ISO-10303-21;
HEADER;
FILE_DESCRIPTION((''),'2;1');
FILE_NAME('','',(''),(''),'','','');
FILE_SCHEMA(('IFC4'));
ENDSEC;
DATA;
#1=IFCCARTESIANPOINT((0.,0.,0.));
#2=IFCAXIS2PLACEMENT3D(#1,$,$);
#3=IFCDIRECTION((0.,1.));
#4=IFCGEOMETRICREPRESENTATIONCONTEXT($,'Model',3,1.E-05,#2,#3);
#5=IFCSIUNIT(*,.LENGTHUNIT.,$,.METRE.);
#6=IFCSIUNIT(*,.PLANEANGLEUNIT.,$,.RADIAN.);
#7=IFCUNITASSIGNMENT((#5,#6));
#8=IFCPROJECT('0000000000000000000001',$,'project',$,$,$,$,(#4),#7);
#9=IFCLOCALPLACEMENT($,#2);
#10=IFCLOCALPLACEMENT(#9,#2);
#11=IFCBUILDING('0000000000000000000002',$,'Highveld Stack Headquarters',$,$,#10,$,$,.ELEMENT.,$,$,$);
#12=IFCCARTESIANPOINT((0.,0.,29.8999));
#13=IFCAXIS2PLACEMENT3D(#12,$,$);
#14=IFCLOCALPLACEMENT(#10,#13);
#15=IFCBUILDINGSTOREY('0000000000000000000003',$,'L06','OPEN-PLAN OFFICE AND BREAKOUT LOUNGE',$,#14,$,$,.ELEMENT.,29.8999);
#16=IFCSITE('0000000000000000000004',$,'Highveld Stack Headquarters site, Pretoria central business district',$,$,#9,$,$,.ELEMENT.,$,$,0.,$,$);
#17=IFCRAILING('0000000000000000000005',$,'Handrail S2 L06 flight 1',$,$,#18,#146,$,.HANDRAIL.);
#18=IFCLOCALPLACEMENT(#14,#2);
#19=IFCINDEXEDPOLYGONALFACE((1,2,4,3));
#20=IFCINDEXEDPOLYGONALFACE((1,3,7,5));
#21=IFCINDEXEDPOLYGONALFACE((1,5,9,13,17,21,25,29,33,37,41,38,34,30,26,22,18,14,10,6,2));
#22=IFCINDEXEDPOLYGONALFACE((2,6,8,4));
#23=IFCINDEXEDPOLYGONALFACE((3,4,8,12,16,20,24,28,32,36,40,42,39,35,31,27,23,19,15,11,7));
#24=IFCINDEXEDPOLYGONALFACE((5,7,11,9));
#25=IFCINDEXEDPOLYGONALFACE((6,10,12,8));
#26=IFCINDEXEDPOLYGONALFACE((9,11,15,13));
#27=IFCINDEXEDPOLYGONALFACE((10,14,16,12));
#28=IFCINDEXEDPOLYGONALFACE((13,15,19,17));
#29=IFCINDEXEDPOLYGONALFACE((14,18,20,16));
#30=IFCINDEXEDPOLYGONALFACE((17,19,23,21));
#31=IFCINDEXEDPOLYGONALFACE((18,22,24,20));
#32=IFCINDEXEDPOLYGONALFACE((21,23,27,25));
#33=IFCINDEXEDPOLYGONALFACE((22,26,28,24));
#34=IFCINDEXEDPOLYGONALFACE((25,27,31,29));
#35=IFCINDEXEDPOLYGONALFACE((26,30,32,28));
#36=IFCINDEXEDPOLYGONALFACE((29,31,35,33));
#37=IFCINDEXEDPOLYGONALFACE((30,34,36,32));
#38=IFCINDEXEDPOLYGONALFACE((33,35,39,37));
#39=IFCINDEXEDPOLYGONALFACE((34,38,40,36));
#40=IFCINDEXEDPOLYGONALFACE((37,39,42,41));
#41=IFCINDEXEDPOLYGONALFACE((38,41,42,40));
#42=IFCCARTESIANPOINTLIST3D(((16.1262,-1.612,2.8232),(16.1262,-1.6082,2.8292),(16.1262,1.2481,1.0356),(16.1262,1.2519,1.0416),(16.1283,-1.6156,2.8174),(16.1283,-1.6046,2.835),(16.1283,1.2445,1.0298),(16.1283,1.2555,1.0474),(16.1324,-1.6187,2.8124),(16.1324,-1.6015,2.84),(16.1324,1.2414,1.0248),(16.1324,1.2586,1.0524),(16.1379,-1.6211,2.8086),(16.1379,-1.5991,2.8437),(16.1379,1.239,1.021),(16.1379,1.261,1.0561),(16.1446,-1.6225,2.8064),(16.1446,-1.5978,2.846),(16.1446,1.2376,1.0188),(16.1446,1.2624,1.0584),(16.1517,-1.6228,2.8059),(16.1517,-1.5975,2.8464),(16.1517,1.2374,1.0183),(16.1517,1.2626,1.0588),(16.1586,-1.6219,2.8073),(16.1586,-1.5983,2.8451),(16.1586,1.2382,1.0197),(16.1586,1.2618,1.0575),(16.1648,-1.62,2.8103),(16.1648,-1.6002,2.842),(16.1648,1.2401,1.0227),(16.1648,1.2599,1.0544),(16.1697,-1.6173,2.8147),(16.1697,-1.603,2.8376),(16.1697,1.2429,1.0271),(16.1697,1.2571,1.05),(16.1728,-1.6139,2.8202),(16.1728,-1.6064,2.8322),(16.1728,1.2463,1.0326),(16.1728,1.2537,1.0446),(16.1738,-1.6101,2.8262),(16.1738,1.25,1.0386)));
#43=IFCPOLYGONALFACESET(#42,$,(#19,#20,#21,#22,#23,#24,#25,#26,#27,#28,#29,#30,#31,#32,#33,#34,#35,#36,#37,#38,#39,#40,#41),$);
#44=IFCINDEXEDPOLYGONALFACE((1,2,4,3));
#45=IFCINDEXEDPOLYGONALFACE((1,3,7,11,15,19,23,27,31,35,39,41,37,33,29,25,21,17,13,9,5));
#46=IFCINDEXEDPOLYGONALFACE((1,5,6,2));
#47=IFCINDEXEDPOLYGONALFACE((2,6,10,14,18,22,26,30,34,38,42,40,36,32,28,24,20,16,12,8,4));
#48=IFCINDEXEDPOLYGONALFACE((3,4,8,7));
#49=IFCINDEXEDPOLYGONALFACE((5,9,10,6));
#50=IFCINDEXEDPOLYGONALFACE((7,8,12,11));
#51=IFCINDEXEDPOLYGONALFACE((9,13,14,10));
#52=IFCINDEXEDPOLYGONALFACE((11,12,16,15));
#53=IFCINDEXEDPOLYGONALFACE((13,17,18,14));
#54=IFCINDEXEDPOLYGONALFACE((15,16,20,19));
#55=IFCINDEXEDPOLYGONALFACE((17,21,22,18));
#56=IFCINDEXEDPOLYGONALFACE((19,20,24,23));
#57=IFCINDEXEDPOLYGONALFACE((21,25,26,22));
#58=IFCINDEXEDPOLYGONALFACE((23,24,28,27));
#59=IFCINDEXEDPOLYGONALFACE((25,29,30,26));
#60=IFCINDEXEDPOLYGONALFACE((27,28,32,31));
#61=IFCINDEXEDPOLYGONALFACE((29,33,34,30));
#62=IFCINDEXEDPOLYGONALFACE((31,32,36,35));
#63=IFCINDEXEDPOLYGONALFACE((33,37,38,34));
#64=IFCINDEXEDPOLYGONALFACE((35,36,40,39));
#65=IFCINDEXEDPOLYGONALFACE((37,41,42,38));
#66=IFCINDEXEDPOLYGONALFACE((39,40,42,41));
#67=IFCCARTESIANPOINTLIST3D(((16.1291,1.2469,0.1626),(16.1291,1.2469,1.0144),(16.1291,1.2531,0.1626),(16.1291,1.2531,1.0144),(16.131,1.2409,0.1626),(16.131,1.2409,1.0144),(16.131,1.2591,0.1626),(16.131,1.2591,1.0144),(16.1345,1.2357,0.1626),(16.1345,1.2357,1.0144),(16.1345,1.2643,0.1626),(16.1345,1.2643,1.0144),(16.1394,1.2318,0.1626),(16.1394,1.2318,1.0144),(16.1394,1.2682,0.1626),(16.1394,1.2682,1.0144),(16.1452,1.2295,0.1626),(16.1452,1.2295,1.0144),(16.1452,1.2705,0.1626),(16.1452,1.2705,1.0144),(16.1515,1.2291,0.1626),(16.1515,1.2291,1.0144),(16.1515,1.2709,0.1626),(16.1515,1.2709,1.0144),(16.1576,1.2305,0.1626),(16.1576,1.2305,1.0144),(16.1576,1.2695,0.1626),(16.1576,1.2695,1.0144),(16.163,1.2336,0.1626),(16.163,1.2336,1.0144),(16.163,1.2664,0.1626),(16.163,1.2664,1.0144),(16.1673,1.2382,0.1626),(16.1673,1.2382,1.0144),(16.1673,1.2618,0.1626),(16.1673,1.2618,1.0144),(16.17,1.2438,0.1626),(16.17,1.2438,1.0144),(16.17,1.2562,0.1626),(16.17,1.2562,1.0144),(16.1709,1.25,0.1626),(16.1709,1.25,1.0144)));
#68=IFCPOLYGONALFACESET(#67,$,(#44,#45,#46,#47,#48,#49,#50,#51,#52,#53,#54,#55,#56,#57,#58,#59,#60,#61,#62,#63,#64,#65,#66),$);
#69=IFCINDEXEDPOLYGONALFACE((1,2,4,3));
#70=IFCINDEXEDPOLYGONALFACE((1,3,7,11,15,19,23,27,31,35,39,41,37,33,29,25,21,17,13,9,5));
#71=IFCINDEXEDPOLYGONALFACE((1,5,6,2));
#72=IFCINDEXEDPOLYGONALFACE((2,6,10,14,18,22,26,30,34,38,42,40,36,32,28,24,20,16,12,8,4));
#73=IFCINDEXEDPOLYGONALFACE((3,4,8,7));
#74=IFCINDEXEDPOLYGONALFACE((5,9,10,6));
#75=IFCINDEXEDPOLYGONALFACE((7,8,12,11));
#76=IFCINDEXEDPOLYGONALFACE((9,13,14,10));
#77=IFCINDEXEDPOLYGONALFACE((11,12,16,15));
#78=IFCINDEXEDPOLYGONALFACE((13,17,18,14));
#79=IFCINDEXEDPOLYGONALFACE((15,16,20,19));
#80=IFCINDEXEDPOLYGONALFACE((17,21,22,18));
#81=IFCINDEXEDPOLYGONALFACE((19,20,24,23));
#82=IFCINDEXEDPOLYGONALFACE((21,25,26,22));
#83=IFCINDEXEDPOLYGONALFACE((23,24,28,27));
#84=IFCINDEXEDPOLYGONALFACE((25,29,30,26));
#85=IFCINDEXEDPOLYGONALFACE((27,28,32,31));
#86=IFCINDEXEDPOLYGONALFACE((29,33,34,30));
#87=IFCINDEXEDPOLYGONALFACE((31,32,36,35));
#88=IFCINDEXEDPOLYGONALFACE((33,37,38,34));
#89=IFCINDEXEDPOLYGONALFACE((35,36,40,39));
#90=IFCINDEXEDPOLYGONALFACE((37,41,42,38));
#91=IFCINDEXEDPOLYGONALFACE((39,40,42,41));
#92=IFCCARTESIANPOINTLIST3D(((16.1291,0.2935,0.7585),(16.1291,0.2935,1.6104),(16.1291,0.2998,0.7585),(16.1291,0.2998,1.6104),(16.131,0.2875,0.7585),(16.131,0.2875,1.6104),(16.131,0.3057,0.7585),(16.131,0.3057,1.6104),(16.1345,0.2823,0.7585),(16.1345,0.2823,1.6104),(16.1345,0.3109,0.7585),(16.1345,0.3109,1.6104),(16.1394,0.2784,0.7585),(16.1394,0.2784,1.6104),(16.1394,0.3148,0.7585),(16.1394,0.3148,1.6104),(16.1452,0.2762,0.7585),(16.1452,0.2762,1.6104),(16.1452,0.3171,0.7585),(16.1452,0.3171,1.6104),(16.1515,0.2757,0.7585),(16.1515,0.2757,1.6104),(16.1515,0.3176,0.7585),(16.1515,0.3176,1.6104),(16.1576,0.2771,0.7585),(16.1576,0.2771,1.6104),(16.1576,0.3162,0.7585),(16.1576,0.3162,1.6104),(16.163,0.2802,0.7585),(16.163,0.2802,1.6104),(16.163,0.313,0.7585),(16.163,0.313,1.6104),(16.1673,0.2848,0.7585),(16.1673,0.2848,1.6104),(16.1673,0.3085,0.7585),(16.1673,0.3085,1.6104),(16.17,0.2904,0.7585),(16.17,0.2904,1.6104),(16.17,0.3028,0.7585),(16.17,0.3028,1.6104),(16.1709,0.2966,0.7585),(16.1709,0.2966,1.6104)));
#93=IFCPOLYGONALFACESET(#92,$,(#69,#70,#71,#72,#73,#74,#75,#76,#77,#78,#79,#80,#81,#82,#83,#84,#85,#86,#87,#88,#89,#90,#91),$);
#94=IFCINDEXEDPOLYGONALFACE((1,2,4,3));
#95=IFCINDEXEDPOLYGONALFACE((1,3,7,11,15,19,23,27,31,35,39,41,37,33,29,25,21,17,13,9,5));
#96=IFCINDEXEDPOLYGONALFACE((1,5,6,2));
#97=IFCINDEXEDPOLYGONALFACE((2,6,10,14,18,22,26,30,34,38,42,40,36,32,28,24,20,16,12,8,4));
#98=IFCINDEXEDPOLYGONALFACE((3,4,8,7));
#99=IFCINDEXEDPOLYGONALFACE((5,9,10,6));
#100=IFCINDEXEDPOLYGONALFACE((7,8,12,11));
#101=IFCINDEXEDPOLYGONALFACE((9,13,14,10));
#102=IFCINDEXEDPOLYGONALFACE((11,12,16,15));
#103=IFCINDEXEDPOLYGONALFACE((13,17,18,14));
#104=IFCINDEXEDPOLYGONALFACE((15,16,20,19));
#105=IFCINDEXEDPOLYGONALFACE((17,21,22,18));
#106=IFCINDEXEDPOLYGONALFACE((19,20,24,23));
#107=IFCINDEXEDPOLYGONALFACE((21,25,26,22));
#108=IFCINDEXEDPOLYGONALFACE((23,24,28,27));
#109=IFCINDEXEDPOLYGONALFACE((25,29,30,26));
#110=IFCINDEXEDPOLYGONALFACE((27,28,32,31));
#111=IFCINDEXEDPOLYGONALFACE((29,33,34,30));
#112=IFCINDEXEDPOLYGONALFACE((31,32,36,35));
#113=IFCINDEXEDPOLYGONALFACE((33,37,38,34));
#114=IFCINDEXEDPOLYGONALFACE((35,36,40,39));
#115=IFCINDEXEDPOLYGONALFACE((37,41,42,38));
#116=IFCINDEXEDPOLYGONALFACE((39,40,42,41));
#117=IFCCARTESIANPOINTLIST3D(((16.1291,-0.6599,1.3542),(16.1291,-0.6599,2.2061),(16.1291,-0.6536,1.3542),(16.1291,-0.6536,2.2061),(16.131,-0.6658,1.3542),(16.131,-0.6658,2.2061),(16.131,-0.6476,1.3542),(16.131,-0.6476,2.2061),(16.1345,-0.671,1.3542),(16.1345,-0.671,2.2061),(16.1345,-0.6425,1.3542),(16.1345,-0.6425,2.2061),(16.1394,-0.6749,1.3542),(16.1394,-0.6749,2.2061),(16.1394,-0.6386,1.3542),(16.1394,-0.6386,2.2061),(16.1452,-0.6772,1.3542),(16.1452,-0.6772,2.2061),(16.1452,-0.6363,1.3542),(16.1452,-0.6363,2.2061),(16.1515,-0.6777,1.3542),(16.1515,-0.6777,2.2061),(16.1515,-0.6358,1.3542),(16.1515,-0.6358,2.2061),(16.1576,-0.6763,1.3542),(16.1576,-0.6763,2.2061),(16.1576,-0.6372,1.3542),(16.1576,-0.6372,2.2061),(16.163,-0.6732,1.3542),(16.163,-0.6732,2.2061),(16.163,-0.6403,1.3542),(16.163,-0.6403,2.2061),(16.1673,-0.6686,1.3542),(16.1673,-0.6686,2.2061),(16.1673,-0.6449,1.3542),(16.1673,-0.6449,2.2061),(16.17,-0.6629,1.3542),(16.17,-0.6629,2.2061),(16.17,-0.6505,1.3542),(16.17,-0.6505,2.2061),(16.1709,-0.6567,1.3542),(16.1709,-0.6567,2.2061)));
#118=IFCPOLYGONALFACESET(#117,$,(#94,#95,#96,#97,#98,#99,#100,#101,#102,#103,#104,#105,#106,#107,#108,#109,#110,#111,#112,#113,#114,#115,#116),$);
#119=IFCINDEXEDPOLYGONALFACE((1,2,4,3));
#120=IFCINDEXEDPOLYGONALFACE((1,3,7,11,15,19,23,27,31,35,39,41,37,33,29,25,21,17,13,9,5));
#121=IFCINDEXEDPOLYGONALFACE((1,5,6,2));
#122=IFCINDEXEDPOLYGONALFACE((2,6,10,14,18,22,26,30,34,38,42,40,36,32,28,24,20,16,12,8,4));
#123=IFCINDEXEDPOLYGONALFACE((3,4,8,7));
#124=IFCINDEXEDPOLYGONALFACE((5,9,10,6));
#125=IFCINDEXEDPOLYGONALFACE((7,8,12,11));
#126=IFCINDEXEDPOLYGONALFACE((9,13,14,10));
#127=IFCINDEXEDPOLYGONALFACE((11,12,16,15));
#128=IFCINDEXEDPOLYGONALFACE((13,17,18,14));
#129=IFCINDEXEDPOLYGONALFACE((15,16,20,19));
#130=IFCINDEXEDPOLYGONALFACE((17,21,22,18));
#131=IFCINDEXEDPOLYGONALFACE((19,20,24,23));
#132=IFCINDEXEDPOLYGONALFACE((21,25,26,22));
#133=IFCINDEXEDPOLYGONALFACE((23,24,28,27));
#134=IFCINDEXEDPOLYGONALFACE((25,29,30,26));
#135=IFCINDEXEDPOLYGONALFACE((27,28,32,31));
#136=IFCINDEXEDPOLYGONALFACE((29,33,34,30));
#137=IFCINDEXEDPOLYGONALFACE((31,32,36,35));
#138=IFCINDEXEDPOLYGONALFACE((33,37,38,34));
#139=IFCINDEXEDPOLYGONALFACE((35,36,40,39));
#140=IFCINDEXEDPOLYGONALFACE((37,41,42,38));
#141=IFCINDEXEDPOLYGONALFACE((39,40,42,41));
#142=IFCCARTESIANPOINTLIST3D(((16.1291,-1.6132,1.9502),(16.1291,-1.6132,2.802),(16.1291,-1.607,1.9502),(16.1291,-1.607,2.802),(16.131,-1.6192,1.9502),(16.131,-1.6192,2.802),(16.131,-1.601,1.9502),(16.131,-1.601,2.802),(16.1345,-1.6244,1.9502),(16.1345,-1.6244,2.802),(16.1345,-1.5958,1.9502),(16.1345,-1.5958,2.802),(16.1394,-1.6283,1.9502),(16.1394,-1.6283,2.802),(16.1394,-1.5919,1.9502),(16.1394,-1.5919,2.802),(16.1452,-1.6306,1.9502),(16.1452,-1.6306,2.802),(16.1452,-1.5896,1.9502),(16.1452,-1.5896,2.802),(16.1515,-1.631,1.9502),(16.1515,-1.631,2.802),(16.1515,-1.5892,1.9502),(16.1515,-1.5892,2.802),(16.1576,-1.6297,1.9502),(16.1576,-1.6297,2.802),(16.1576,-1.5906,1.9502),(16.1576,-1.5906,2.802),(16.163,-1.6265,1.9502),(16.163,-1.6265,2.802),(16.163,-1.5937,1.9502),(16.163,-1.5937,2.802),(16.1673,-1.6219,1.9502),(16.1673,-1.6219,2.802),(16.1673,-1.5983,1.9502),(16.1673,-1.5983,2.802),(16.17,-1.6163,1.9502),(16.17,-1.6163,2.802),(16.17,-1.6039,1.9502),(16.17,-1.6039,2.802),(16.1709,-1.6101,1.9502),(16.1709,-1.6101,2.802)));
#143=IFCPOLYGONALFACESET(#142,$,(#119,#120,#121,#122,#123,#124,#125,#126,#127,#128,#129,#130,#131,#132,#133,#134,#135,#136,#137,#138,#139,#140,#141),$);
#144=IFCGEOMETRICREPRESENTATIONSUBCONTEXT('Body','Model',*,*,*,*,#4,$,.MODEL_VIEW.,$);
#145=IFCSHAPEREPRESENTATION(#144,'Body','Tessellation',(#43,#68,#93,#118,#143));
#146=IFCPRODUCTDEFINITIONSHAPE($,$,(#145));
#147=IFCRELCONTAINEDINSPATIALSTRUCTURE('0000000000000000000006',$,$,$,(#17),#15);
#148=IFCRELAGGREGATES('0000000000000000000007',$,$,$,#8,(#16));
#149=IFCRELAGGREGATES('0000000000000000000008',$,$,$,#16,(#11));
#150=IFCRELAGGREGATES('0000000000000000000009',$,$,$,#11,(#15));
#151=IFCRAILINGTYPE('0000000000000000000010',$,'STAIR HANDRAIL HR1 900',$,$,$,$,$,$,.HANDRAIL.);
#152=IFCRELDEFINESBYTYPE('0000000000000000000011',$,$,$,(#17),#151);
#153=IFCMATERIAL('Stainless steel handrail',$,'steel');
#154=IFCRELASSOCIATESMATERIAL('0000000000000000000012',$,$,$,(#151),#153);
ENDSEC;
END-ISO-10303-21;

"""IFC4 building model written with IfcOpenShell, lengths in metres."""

from ifc_helpers import new_model, si_unit, direction, frame, origin, origin_2d, place, context, subcontext, project, spatial, circle, extrude, material, type_object, element, save


model = new_model("IFC4")

# Units and contexts
model_context = context("Model", 3, precision=1e-05, world=origin(), true_north=direction((0.0, 1.0)))
body_context = subcontext(model_context, "Body", "Model", "MODEL_VIEW")
ifc_project = project(units=[si_unit("LENGTHUNIT", "METRE"), si_unit("PLANEANGLEUNIT", "RADIAN")], contexts=[model_context])

# Site, building, storey
site_placement = place(None, origin())
site = spatial("IfcSite", under=ifc_project, at=site_placement, Name="Highveld Stack Headquarters site, Pretoria central business district", CompositionType="ELEMENT", RefElevation=0.0)
building_placement = place(site_placement, origin())
building = spatial("IfcBuilding", under=site, at=building_placement, Name="Highveld Stack Headquarters", CompositionType="ELEMENT")
storey_placement = place(building_placement, frame((0.0, 0.0, 29.8999)))
storey = spatial("IfcBuildingStorey", under=building, at=storey_placement, Name="L06", Description="OPEN-PLAN OFFICE AND BREAKOUT LOUNGE", CompositionType="ELEMENT", Elevation=29.8999)

# Railing
ifc_material_1 = material(Name="Stainless steel handrail", Category="steel")
railing_type = type_object("IfcRailingType", Name="STAIR HANDRAIL HR1 900", PredefinedType="HANDRAIL", material=ifc_material_1)
for number, where, name in (
    (1, (16.1499, 1.25, 0.1626), "Handrail S2 L06 flight 1"),
):
    element("IfcRailing", number, at=place(storey_placement, frame(where)), inside=storey, type_object=railing_type, Name=name, PredefinedType="HANDRAIL", context=body_context, shape_type="SweptSolid", body=[
        extrude(circle(Radius=0.0239, at=origin_2d()), frame((0.0, 0.0, 0.876), z_axis=(0.0, -0.847994, 0.530005), x_axis=(1.0, 0.0, 0.0)), (0.0, 0.0, 1.0), 3.3728),
        extrude(circle(Radius=0.021, at=origin_2d()), origin(), (0.0, 0.0, 1.0), 0.8518),
        extrude(circle(Radius=0.021, at=origin_2d()), frame((0.0, -0.9534, 0.5959)), (0.0, 0.0, 1.0), 0.8518),
        extrude(circle(Radius=0.021, at=origin_2d()), frame((0.0, -1.9067, 1.1917)), (0.0, 0.0, 1.0), 0.8518),
        extrude(circle(Radius=0.021, at=origin_2d()), frame((0.0, -2.8601, 1.7876)), (0.0, 0.0, 1.0), 0.8518),
    ])

save(model, "model.ifc")
